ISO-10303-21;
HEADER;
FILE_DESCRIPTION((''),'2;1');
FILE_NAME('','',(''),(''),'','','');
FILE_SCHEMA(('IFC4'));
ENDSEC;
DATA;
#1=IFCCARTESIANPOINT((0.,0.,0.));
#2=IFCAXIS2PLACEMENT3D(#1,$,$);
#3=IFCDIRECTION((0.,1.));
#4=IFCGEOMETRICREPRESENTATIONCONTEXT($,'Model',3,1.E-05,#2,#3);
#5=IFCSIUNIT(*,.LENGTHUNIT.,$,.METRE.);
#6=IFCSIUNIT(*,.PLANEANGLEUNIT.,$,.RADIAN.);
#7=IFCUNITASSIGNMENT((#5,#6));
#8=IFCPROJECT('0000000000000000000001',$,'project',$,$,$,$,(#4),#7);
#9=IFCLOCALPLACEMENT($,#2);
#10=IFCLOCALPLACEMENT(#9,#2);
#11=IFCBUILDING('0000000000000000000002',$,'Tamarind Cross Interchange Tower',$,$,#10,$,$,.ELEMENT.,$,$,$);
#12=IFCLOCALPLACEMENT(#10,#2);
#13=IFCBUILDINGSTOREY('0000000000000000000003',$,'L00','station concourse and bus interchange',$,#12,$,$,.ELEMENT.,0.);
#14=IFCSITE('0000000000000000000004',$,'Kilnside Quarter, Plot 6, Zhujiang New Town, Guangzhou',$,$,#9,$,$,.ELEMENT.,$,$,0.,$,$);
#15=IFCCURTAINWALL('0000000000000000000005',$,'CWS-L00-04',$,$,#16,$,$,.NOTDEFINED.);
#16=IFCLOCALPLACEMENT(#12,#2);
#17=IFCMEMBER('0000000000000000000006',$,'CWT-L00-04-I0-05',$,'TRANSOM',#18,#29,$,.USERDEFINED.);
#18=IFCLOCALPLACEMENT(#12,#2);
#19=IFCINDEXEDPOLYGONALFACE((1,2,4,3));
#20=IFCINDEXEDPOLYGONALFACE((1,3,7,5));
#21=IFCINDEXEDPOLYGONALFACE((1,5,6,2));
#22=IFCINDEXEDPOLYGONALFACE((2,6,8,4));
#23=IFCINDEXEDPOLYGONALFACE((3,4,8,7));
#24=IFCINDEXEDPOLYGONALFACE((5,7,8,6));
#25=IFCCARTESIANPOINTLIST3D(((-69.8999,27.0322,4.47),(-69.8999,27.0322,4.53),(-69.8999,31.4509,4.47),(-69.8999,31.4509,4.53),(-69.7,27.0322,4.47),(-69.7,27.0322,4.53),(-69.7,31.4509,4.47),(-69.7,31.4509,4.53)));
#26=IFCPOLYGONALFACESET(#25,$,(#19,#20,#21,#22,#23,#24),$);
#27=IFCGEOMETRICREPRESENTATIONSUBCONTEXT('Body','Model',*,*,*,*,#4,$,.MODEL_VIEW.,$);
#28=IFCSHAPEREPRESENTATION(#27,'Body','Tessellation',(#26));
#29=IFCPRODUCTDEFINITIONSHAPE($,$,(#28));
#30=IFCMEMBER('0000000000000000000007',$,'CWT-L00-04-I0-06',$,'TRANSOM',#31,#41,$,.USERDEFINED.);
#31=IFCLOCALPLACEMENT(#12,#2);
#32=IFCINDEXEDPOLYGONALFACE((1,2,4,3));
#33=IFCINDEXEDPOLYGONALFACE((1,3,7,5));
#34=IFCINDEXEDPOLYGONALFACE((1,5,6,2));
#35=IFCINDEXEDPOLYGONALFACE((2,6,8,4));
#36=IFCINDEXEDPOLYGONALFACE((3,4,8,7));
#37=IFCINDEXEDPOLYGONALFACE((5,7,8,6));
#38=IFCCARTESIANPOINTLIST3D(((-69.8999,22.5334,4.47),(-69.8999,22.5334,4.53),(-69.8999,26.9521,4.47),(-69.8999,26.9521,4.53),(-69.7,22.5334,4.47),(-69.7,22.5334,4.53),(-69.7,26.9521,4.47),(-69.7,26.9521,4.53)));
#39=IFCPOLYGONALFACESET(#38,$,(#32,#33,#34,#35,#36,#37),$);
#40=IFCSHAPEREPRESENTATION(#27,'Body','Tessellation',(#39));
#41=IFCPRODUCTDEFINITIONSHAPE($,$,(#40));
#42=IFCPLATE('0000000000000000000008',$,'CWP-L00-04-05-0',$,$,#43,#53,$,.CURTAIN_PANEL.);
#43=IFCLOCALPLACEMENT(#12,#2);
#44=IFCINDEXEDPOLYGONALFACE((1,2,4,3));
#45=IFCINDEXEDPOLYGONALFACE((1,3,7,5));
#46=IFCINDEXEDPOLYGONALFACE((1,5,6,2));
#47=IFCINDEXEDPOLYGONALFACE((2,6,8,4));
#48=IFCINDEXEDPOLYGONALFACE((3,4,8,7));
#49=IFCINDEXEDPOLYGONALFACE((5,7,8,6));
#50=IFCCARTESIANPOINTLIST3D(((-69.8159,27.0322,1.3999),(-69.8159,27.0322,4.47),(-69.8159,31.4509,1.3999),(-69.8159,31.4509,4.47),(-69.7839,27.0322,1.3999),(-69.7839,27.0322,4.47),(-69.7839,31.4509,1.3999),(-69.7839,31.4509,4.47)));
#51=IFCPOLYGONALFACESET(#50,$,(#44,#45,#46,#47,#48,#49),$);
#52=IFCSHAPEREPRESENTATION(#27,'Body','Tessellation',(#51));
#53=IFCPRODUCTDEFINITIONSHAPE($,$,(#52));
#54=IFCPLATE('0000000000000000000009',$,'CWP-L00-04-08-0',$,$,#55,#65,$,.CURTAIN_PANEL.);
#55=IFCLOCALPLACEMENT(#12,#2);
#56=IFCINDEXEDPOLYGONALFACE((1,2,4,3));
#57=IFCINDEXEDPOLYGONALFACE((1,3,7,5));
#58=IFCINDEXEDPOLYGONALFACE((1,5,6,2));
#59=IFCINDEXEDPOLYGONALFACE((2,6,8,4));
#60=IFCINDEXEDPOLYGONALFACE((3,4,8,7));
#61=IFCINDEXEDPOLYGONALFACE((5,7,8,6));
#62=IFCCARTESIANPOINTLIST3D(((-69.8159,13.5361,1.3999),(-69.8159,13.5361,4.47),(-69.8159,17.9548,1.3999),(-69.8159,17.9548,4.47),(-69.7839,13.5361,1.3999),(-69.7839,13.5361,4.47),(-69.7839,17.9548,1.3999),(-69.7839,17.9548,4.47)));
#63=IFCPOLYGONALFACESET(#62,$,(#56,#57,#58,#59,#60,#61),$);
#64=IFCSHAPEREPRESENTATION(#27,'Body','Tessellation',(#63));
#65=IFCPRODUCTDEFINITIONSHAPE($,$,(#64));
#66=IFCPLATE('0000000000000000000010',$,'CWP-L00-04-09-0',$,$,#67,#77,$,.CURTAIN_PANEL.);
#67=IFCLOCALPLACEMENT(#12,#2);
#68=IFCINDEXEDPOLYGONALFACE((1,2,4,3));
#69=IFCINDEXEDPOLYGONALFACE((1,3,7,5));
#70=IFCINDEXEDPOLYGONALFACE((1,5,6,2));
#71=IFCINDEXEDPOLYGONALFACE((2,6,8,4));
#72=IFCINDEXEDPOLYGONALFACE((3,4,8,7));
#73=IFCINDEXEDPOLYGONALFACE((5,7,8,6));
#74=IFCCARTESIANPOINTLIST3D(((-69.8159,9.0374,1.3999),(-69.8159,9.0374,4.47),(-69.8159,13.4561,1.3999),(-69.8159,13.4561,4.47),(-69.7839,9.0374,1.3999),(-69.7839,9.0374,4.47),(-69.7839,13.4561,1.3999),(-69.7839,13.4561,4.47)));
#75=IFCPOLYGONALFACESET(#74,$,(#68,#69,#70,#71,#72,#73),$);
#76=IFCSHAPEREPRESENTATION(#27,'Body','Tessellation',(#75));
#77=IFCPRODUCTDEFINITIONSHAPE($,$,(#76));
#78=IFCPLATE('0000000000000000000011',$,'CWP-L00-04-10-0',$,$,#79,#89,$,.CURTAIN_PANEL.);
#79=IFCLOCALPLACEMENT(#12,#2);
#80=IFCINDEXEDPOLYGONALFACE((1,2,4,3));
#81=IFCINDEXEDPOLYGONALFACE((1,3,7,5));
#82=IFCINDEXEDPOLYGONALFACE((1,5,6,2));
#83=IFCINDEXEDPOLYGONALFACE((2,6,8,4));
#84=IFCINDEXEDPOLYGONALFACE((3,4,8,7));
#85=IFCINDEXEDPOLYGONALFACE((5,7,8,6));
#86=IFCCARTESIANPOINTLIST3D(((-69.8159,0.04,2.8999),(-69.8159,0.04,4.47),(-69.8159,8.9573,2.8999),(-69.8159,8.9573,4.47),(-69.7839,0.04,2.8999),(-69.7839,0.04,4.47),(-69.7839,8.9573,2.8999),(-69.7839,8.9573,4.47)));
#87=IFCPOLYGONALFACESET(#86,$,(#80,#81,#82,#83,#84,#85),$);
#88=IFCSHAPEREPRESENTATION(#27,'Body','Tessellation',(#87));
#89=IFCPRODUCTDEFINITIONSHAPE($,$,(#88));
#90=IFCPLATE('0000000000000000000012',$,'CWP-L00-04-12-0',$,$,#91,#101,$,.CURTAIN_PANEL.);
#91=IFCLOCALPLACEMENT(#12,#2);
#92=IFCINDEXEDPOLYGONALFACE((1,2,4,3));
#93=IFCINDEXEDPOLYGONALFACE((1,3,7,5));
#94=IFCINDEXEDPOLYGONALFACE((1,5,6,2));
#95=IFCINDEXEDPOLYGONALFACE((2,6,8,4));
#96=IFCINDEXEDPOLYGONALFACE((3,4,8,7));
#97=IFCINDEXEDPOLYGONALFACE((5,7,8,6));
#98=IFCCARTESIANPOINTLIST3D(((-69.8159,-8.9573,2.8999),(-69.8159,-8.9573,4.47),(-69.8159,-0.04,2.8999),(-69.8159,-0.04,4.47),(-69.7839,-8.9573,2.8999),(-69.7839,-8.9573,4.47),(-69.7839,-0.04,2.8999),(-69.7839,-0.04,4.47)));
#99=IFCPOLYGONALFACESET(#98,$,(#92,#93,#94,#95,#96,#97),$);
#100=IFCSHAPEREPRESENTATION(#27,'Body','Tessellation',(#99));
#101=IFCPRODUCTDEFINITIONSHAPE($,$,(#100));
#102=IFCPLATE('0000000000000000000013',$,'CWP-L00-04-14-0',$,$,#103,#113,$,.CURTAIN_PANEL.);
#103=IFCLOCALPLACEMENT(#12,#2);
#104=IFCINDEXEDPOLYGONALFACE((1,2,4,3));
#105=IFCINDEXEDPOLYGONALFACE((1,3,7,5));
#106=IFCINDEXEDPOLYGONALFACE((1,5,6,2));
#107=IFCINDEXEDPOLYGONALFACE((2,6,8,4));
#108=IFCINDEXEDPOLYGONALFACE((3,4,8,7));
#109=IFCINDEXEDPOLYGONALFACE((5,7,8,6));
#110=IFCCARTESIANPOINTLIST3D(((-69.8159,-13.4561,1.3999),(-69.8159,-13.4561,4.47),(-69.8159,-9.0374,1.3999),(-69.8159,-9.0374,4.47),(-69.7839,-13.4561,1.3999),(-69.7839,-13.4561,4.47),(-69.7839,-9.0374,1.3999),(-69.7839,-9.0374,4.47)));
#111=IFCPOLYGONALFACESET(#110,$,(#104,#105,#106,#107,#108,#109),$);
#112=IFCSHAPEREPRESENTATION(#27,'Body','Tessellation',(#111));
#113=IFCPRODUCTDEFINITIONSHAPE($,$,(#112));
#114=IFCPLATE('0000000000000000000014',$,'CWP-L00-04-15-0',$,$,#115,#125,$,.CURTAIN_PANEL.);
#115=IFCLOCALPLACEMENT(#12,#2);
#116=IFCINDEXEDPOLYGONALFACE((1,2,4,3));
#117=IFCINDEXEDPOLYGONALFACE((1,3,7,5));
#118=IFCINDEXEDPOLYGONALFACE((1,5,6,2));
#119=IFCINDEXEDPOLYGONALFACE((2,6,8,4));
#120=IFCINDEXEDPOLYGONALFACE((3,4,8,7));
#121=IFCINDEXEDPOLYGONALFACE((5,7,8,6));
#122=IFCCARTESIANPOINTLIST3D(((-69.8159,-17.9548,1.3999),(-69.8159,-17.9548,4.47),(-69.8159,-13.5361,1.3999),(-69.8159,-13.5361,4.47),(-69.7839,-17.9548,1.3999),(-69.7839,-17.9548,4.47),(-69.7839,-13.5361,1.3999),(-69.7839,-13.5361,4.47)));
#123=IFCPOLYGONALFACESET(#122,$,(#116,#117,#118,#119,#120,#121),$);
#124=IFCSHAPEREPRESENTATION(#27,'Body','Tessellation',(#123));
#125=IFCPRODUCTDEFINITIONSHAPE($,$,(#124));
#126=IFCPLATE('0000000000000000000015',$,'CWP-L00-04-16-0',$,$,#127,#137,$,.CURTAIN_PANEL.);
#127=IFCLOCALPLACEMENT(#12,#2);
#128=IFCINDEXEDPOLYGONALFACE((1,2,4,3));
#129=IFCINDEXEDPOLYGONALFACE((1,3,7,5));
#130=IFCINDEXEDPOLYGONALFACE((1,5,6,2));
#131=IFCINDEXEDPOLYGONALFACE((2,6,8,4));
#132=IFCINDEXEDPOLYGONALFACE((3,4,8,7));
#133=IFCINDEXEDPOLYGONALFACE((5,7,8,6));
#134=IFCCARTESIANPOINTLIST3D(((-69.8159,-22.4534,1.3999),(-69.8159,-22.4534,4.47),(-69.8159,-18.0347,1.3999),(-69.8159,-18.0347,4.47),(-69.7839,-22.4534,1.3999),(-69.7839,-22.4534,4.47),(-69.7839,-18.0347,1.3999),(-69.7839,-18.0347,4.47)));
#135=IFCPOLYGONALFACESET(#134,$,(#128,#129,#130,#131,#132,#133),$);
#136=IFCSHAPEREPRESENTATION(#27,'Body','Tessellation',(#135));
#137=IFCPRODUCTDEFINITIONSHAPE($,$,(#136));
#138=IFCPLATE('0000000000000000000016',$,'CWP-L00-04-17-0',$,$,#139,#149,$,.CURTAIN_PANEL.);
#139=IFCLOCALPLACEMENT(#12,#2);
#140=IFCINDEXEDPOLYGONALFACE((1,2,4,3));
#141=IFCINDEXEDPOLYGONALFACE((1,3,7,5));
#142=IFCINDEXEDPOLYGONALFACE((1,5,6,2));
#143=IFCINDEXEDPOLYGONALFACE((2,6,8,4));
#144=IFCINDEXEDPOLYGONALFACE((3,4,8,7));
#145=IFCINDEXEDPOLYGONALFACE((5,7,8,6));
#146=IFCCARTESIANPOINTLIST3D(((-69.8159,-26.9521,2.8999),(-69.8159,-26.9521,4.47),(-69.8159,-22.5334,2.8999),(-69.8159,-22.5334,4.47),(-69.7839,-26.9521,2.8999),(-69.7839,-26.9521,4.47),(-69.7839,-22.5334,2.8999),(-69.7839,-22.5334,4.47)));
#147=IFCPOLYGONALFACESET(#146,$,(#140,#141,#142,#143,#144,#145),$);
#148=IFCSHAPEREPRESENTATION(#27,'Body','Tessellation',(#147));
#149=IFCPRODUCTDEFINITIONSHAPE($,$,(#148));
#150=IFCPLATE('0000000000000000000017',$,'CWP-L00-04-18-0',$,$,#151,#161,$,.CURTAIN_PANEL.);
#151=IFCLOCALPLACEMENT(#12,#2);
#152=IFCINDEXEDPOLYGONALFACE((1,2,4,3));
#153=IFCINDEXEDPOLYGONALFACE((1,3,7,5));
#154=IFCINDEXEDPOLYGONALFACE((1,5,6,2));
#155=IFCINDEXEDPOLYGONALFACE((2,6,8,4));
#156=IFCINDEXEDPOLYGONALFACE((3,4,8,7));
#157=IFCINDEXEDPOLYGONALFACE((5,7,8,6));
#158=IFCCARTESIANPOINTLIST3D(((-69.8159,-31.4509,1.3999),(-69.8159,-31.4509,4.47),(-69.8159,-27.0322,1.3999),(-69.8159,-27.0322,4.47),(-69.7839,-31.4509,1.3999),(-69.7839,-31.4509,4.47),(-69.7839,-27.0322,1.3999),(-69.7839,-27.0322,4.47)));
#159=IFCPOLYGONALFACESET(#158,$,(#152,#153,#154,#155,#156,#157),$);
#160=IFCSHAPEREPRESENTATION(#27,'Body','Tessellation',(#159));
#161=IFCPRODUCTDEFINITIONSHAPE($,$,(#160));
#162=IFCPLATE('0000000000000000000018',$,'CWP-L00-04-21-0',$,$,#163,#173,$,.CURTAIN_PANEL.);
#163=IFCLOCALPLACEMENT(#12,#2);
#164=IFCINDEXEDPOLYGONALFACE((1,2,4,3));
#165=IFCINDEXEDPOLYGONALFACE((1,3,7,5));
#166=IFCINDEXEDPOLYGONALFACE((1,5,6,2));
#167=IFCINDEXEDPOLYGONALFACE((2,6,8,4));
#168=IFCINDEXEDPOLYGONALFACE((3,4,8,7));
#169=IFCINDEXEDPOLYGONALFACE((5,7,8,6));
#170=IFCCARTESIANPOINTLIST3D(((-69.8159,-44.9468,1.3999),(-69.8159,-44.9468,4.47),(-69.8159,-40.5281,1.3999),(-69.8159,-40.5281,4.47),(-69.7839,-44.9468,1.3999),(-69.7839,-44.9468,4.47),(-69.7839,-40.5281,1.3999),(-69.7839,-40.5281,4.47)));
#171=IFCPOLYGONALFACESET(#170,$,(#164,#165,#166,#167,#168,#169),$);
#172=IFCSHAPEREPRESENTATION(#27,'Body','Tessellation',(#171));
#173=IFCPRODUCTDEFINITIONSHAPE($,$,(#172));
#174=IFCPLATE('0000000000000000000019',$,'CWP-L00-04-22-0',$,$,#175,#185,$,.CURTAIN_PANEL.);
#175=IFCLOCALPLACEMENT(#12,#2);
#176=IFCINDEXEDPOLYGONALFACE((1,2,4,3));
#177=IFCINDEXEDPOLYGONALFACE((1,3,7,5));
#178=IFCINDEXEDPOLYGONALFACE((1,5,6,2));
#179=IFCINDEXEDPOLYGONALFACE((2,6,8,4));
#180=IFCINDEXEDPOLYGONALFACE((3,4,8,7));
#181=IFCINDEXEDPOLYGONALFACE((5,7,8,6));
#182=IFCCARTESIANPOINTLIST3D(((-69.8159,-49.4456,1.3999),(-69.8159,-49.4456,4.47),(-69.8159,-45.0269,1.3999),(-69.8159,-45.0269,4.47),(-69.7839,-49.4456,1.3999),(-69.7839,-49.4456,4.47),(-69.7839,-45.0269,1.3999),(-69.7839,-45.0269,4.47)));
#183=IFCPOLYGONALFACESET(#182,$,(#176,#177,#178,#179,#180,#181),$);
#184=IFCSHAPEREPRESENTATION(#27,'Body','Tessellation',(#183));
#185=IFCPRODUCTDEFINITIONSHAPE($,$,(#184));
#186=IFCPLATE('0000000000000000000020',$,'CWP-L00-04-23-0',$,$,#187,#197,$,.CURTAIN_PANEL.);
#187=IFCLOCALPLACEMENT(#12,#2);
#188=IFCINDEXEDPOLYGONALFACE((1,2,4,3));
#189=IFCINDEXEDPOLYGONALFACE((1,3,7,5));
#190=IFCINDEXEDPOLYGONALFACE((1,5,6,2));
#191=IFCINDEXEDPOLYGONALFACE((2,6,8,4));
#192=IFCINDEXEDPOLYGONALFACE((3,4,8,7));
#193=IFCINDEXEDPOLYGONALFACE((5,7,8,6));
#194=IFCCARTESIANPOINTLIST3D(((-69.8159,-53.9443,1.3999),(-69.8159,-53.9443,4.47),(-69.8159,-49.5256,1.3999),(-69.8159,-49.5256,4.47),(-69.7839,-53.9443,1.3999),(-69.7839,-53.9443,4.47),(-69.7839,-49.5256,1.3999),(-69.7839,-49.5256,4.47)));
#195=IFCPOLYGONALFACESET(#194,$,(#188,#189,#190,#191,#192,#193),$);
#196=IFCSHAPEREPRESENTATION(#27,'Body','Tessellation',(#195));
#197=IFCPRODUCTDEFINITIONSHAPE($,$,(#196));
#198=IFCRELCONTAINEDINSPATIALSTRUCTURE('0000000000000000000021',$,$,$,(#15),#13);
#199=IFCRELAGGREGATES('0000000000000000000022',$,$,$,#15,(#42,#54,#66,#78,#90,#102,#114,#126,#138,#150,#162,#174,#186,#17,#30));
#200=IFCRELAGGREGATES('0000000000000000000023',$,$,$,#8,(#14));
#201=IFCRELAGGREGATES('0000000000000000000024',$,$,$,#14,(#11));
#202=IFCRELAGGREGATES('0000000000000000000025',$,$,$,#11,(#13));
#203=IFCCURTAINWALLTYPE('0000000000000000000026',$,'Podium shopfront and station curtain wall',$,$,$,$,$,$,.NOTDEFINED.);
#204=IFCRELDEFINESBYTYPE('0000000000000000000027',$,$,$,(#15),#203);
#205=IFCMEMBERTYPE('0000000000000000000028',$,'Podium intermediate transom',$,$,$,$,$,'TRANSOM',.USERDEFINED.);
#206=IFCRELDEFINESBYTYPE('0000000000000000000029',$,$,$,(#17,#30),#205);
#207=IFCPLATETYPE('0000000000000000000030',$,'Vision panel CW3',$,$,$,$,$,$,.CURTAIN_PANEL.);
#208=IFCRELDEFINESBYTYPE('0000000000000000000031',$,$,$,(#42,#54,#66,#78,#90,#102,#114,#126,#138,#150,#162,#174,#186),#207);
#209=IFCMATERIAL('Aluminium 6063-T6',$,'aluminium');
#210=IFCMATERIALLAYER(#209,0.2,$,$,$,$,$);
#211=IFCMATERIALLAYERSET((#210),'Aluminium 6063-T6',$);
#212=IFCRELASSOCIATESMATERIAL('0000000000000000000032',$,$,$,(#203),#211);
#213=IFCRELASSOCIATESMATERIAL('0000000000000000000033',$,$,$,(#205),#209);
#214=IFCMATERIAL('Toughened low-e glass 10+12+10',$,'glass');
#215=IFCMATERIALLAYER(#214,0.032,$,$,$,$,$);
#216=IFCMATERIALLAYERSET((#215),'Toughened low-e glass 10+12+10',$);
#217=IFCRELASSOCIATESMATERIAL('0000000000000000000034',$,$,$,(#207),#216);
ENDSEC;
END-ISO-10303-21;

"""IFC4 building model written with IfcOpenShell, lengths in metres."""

from ifc_helpers import new_model, si_unit, direction, frame, origin, place, context, subcontext, project, spatial, polyline, outline, extrude, material, layer, layer_set, type_object, element, aggregate, save


model = new_model("IFC4")

# Units and contexts
model_context = context("Model", 3, precision=1e-05, world=origin(), true_north=direction((0.0, 1.0)))
body_context = subcontext(model_context, "Body", "Model", "MODEL_VIEW")
ifc_project = project(units=[si_unit("LENGTHUNIT", "METRE"), si_unit("PLANEANGLEUNIT", "RADIAN")], contexts=[model_context])

# Site, building, storey
site_placement = place(None, origin())
site = spatial("IfcSite", under=ifc_project, at=site_placement, Name="Kilnside Quarter, Plot 6, Zhujiang New Town, Guangzhou", CompositionType="ELEMENT", RefElevation=0.0)
building_placement = place(site_placement, origin())
building = spatial("IfcBuilding", under=site, at=building_placement, Name="Tamarind Cross Interchange Tower", CompositionType="ELEMENT")
storey_placement = place(building_placement, origin())
storey = spatial("IfcBuildingStorey", under=building, at=storey_placement, Name="L00", Description="station concourse and bus interchange", CompositionType="ELEMENT", Elevation=0.0)

# Curtain wall
ifc_material_1 = material(Name="Aluminium 6063-T6", Category="aluminium")
ifc_layer_1 = layer(ifc_material_1, 0.2)
ifc_layer_set_1 = layer_set([ifc_layer_1], Name="Aluminium 6063-T6")
curtain_wall_type = type_object("IfcCurtainWallType", Name="Podium shopfront and station curtain wall", PredefinedType="NOTDEFINED", material=ifc_layer_set_1)
curtain_wall_1_placement = place(storey_placement, origin())
curtain_wall_1 = element("IfcCurtainWall", 1, at=curtain_wall_1_placement, inside=storey, type_object=curtain_wall_type, Name="CWS-L00-04", PredefinedType="NOTDEFINED")

# Members
member_type_1 = type_object("IfcMemberType", Name="Podium intermediate transom", ElementType="TRANSOM", PredefinedType="USERDEFINED", material=ifc_material_1)
member_1_placement = place(storey_placement, frame((0.0, 0.0, 4.47)))
member_1 = element("IfcMember", 2, at=member_1_placement, type_object=member_type_1, Name="CWT-L00-04-I0-05", ObjectType="TRANSOM", PredefinedType="USERDEFINED", context=body_context, shape_type="SweptSolid", body=[
    extrude(outline(polyline([(-69.7, 31.4509), (-69.7, 27.0322), (-69.8999, 27.0322), (-69.8999, 31.4509), (-69.7, 31.4509)])), origin(), (0.0, 0.0, 1.0), 0.0601),
])
member_2_placement = place(storey_placement, frame((0.0, 0.0, 4.47)))
member_2 = element("IfcMember", 3, at=member_2_placement, type_object=member_type_1, Name="CWT-L00-04-I0-06", ObjectType="TRANSOM", PredefinedType="USERDEFINED", context=body_context, shape_type="SweptSolid", body=[
    extrude(outline(polyline([(-69.7, 26.9521), (-69.7, 22.5334), (-69.8999, 22.5334), (-69.8999, 26.9521), (-69.7, 26.9521)])), origin(), (0.0, 0.0, 1.0), 0.0601),
])

# Plates
ifc_material_2 = material(Name="Toughened low-e glass 10+12+10", Category="glass")
ifc_layer_2 = layer(ifc_material_2, 0.032)
ifc_layer_set_2 = layer_set([ifc_layer_2], Name="Toughened low-e glass 10+12+10")
plate_type = type_object("IfcPlateType", Name="Vision panel CW3", PredefinedType="CURTAIN_PANEL", material=ifc_layer_set_2)
plate_1_placement = place(storey_placement, frame((0.0, 0.0, 1.3999)))
plate_1 = element("IfcPlate", 4, at=plate_1_placement, type_object=plate_type, Name="CWP-L00-04-05-0", PredefinedType="CURTAIN_PANEL", context=body_context, shape_type="SweptSolid", body=[
    extrude(outline(polyline([(-69.7839, 31.4509), (-69.7839, 27.0322), (-69.8159, 27.0322), (-69.8159, 31.4509), (-69.7839, 31.4509)])), origin(), (0.0, 0.0, 1.0), 3.0701),
])
plate_2_placement = place(storey_placement, frame((0.0, 0.0, 1.3999)))
plate_2 = element("IfcPlate", 5, at=plate_2_placement, type_object=plate_type, Name="CWP-L00-04-08-0", PredefinedType="CURTAIN_PANEL", context=body_context, shape_type="SweptSolid", body=[
    extrude(outline(polyline([(-69.7839, 17.9548), (-69.7839, 13.5361), (-69.8159, 13.5361), (-69.8159, 17.9548), (-69.7839, 17.9548)])), origin(), (0.0, 0.0, 1.0), 3.0701),
])
plate_3_placement = place(storey_placement, frame((0.0, 0.0, 1.3999)))
plate_3 = element("IfcPlate", 6, at=plate_3_placement, type_object=plate_type, Name="CWP-L00-04-09-0", PredefinedType="CURTAIN_PANEL", context=body_context, shape_type="SweptSolid", body=[
    extrude(outline(polyline([(-69.7839, 13.4561), (-69.7839, 9.0374), (-69.8159, 9.0374), (-69.8159, 13.4561), (-69.7839, 13.4561)])), origin(), (0.0, 0.0, 1.0), 3.0701),
])
plate_4_placement = place(storey_placement, frame((0.0, 0.0, 2.8999)))
plate_4 = element("IfcPlate", 7, at=plate_4_placement, type_object=plate_type, Name="CWP-L00-04-10-0", PredefinedType="CURTAIN_PANEL", context=body_context, shape_type="SweptSolid", body=[
    extrude(outline(polyline([(-69.7839, 8.9573), (-69.7839, 0.04), (-69.8159, 0.04), (-69.8159, 8.9573), (-69.7839, 8.9573)])), origin(), (0.0, 0.0, 1.0), 1.5701),
])
plate_5_placement = place(storey_placement, frame((0.0, 0.0, 2.8999)))
plate_5 = element("IfcPlate", 8, at=plate_5_placement, type_object=plate_type, Name="CWP-L00-04-12-0", PredefinedType="CURTAIN_PANEL", context=body_context, shape_type="SweptSolid", body=[
    extrude(outline(polyline([(-69.7839, -0.04), (-69.7839, -8.9573), (-69.8159, -8.9573), (-69.8159, -0.04), (-69.7839, -0.04)])), origin(), (0.0, 0.0, 1.0), 1.5701),
])
plate_6_placement = place(storey_placement, frame((0.0, 0.0, 1.3999)))
plate_6 = element("IfcPlate", 9, at=plate_6_placement, type_object=plate_type, Name="CWP-L00-04-14-0", PredefinedType="CURTAIN_PANEL", context=body_context, shape_type="SweptSolid", body=[
    extrude(outline(polyline([(-69.7839, -9.0374), (-69.7839, -13.4561), (-69.8159, -13.4561), (-69.8159, -9.0374), (-69.7839, -9.0374)])), origin(), (0.0, 0.0, 1.0), 3.0701),
])
plate_7_placement = place(storey_placement, frame((0.0, 0.0, 1.3999)))
plate_7 = element("IfcPlate", 10, at=plate_7_placement, type_object=plate_type, Name="CWP-L00-04-15-0", PredefinedType="CURTAIN_PANEL", context=body_context, shape_type="SweptSolid", body=[
    extrude(outline(polyline([(-69.7839, -13.5361), (-69.7839, -17.9548), (-69.8159, -17.9548), (-69.8159, -13.5361), (-69.7839, -13.5361)])), origin(), (0.0, 0.0, 1.0), 3.0701),
])
plate_8_placement = place(storey_placement, frame((0.0, 0.0, 1.3999)))
plate_8 = element("IfcPlate", 11, at=plate_8_placement, type_object=plate_type, Name="CWP-L00-04-16-0", PredefinedType="CURTAIN_PANEL", context=body_context, shape_type="SweptSolid", body=[
    extrude(outline(polyline([(-69.7839, -18.0347), (-69.7839, -22.4534), (-69.8159, -22.4534), (-69.8159, -18.0347), (-69.7839, -18.0347)])), origin(), (0.0, 0.0, 1.0), 3.0701),
])
plate_9_placement = place(storey_placement, frame((0.0, 0.0, 2.8999)))
plate_9 = element("IfcPlate", 12, at=plate_9_placement, type_object=plate_type, Name="CWP-L00-04-17-0", PredefinedType="CURTAIN_PANEL", context=body_context, shape_type="SweptSolid", body=[
    extrude(outline(polyline([(-69.7839, -22.5334), (-69.7839, -26.9521), (-69.8159, -26.9521), (-69.8159, -22.5334), (-69.7839, -22.5334)])), origin(), (0.0, 0.0, 1.0), 1.5701),
])
plate_10_placement = place(storey_placement, frame((0.0, 0.0, 1.3999)))
plate_10 = element("IfcPlate", 13, at=plate_10_placement, type_object=plate_type, Name="CWP-L00-04-18-0", PredefinedType="CURTAIN_PANEL", context=body_context, shape_type="SweptSolid", body=[
    extrude(outline(polyline([(-69.7839, -27.0322), (-69.7839, -31.4509), (-69.8159, -31.4509), (-69.8159, -27.0322), (-69.7839, -27.0322)])), origin(), (0.0, 0.0, 1.0), 3.0701),
])
plate_11_placement = place(storey_placement, frame((0.0, 0.0, 1.3999)))
plate_11 = element("IfcPlate", 14, at=plate_11_placement, type_object=plate_type, Name="CWP-L00-04-21-0", PredefinedType="CURTAIN_PANEL", context=body_context, shape_type="SweptSolid", body=[
    extrude(outline(polyline([(-69.7839, -40.5281), (-69.7839, -44.9468), (-69.8159, -44.9468), (-69.8159, -40.5281), (-69.7839, -40.5281)])), origin(), (0.0, 0.0, 1.0), 3.0701),
])
plate_12_placement = place(storey_placement, frame((0.0, 0.0, 1.3999)))
plate_12 = element("IfcPlate", 15, at=plate_12_placement, type_object=plate_type, Name="CWP-L00-04-22-0", PredefinedType="CURTAIN_PANEL", context=body_context, shape_type="SweptSolid", body=[
    extrude(outline(polyline([(-69.7839, -45.0269), (-69.7839, -49.4456), (-69.8159, -49.4456), (-69.8159, -45.0269), (-69.7839, -45.0269)])), origin(), (0.0, 0.0, 1.0), 3.0701),
])
plate_13_placement = place(storey_placement, frame((0.0, 0.0, 1.3999)))
plate_13 = element("IfcPlate", 16, at=plate_13_placement, type_object=plate_type, Name="CWP-L00-04-23-0", PredefinedType="CURTAIN_PANEL", context=body_context, shape_type="SweptSolid", body=[
    extrude(outline(polyline([(-69.7839, -49.5256), (-69.7839, -53.9443), (-69.8159, -53.9443), (-69.8159, -49.5256), (-69.7839, -49.5256)])), origin(), (0.0, 0.0, 1.0), 3.0701),
])
aggregate(curtain_wall_1, [plate_1, plate_2, plate_3, plate_4, plate_5, plate_6, plate_7, plate_8, plate_9, plate_10, plate_11, plate_12, plate_13, member_1, member_2])

save(model, "model.ifc")
